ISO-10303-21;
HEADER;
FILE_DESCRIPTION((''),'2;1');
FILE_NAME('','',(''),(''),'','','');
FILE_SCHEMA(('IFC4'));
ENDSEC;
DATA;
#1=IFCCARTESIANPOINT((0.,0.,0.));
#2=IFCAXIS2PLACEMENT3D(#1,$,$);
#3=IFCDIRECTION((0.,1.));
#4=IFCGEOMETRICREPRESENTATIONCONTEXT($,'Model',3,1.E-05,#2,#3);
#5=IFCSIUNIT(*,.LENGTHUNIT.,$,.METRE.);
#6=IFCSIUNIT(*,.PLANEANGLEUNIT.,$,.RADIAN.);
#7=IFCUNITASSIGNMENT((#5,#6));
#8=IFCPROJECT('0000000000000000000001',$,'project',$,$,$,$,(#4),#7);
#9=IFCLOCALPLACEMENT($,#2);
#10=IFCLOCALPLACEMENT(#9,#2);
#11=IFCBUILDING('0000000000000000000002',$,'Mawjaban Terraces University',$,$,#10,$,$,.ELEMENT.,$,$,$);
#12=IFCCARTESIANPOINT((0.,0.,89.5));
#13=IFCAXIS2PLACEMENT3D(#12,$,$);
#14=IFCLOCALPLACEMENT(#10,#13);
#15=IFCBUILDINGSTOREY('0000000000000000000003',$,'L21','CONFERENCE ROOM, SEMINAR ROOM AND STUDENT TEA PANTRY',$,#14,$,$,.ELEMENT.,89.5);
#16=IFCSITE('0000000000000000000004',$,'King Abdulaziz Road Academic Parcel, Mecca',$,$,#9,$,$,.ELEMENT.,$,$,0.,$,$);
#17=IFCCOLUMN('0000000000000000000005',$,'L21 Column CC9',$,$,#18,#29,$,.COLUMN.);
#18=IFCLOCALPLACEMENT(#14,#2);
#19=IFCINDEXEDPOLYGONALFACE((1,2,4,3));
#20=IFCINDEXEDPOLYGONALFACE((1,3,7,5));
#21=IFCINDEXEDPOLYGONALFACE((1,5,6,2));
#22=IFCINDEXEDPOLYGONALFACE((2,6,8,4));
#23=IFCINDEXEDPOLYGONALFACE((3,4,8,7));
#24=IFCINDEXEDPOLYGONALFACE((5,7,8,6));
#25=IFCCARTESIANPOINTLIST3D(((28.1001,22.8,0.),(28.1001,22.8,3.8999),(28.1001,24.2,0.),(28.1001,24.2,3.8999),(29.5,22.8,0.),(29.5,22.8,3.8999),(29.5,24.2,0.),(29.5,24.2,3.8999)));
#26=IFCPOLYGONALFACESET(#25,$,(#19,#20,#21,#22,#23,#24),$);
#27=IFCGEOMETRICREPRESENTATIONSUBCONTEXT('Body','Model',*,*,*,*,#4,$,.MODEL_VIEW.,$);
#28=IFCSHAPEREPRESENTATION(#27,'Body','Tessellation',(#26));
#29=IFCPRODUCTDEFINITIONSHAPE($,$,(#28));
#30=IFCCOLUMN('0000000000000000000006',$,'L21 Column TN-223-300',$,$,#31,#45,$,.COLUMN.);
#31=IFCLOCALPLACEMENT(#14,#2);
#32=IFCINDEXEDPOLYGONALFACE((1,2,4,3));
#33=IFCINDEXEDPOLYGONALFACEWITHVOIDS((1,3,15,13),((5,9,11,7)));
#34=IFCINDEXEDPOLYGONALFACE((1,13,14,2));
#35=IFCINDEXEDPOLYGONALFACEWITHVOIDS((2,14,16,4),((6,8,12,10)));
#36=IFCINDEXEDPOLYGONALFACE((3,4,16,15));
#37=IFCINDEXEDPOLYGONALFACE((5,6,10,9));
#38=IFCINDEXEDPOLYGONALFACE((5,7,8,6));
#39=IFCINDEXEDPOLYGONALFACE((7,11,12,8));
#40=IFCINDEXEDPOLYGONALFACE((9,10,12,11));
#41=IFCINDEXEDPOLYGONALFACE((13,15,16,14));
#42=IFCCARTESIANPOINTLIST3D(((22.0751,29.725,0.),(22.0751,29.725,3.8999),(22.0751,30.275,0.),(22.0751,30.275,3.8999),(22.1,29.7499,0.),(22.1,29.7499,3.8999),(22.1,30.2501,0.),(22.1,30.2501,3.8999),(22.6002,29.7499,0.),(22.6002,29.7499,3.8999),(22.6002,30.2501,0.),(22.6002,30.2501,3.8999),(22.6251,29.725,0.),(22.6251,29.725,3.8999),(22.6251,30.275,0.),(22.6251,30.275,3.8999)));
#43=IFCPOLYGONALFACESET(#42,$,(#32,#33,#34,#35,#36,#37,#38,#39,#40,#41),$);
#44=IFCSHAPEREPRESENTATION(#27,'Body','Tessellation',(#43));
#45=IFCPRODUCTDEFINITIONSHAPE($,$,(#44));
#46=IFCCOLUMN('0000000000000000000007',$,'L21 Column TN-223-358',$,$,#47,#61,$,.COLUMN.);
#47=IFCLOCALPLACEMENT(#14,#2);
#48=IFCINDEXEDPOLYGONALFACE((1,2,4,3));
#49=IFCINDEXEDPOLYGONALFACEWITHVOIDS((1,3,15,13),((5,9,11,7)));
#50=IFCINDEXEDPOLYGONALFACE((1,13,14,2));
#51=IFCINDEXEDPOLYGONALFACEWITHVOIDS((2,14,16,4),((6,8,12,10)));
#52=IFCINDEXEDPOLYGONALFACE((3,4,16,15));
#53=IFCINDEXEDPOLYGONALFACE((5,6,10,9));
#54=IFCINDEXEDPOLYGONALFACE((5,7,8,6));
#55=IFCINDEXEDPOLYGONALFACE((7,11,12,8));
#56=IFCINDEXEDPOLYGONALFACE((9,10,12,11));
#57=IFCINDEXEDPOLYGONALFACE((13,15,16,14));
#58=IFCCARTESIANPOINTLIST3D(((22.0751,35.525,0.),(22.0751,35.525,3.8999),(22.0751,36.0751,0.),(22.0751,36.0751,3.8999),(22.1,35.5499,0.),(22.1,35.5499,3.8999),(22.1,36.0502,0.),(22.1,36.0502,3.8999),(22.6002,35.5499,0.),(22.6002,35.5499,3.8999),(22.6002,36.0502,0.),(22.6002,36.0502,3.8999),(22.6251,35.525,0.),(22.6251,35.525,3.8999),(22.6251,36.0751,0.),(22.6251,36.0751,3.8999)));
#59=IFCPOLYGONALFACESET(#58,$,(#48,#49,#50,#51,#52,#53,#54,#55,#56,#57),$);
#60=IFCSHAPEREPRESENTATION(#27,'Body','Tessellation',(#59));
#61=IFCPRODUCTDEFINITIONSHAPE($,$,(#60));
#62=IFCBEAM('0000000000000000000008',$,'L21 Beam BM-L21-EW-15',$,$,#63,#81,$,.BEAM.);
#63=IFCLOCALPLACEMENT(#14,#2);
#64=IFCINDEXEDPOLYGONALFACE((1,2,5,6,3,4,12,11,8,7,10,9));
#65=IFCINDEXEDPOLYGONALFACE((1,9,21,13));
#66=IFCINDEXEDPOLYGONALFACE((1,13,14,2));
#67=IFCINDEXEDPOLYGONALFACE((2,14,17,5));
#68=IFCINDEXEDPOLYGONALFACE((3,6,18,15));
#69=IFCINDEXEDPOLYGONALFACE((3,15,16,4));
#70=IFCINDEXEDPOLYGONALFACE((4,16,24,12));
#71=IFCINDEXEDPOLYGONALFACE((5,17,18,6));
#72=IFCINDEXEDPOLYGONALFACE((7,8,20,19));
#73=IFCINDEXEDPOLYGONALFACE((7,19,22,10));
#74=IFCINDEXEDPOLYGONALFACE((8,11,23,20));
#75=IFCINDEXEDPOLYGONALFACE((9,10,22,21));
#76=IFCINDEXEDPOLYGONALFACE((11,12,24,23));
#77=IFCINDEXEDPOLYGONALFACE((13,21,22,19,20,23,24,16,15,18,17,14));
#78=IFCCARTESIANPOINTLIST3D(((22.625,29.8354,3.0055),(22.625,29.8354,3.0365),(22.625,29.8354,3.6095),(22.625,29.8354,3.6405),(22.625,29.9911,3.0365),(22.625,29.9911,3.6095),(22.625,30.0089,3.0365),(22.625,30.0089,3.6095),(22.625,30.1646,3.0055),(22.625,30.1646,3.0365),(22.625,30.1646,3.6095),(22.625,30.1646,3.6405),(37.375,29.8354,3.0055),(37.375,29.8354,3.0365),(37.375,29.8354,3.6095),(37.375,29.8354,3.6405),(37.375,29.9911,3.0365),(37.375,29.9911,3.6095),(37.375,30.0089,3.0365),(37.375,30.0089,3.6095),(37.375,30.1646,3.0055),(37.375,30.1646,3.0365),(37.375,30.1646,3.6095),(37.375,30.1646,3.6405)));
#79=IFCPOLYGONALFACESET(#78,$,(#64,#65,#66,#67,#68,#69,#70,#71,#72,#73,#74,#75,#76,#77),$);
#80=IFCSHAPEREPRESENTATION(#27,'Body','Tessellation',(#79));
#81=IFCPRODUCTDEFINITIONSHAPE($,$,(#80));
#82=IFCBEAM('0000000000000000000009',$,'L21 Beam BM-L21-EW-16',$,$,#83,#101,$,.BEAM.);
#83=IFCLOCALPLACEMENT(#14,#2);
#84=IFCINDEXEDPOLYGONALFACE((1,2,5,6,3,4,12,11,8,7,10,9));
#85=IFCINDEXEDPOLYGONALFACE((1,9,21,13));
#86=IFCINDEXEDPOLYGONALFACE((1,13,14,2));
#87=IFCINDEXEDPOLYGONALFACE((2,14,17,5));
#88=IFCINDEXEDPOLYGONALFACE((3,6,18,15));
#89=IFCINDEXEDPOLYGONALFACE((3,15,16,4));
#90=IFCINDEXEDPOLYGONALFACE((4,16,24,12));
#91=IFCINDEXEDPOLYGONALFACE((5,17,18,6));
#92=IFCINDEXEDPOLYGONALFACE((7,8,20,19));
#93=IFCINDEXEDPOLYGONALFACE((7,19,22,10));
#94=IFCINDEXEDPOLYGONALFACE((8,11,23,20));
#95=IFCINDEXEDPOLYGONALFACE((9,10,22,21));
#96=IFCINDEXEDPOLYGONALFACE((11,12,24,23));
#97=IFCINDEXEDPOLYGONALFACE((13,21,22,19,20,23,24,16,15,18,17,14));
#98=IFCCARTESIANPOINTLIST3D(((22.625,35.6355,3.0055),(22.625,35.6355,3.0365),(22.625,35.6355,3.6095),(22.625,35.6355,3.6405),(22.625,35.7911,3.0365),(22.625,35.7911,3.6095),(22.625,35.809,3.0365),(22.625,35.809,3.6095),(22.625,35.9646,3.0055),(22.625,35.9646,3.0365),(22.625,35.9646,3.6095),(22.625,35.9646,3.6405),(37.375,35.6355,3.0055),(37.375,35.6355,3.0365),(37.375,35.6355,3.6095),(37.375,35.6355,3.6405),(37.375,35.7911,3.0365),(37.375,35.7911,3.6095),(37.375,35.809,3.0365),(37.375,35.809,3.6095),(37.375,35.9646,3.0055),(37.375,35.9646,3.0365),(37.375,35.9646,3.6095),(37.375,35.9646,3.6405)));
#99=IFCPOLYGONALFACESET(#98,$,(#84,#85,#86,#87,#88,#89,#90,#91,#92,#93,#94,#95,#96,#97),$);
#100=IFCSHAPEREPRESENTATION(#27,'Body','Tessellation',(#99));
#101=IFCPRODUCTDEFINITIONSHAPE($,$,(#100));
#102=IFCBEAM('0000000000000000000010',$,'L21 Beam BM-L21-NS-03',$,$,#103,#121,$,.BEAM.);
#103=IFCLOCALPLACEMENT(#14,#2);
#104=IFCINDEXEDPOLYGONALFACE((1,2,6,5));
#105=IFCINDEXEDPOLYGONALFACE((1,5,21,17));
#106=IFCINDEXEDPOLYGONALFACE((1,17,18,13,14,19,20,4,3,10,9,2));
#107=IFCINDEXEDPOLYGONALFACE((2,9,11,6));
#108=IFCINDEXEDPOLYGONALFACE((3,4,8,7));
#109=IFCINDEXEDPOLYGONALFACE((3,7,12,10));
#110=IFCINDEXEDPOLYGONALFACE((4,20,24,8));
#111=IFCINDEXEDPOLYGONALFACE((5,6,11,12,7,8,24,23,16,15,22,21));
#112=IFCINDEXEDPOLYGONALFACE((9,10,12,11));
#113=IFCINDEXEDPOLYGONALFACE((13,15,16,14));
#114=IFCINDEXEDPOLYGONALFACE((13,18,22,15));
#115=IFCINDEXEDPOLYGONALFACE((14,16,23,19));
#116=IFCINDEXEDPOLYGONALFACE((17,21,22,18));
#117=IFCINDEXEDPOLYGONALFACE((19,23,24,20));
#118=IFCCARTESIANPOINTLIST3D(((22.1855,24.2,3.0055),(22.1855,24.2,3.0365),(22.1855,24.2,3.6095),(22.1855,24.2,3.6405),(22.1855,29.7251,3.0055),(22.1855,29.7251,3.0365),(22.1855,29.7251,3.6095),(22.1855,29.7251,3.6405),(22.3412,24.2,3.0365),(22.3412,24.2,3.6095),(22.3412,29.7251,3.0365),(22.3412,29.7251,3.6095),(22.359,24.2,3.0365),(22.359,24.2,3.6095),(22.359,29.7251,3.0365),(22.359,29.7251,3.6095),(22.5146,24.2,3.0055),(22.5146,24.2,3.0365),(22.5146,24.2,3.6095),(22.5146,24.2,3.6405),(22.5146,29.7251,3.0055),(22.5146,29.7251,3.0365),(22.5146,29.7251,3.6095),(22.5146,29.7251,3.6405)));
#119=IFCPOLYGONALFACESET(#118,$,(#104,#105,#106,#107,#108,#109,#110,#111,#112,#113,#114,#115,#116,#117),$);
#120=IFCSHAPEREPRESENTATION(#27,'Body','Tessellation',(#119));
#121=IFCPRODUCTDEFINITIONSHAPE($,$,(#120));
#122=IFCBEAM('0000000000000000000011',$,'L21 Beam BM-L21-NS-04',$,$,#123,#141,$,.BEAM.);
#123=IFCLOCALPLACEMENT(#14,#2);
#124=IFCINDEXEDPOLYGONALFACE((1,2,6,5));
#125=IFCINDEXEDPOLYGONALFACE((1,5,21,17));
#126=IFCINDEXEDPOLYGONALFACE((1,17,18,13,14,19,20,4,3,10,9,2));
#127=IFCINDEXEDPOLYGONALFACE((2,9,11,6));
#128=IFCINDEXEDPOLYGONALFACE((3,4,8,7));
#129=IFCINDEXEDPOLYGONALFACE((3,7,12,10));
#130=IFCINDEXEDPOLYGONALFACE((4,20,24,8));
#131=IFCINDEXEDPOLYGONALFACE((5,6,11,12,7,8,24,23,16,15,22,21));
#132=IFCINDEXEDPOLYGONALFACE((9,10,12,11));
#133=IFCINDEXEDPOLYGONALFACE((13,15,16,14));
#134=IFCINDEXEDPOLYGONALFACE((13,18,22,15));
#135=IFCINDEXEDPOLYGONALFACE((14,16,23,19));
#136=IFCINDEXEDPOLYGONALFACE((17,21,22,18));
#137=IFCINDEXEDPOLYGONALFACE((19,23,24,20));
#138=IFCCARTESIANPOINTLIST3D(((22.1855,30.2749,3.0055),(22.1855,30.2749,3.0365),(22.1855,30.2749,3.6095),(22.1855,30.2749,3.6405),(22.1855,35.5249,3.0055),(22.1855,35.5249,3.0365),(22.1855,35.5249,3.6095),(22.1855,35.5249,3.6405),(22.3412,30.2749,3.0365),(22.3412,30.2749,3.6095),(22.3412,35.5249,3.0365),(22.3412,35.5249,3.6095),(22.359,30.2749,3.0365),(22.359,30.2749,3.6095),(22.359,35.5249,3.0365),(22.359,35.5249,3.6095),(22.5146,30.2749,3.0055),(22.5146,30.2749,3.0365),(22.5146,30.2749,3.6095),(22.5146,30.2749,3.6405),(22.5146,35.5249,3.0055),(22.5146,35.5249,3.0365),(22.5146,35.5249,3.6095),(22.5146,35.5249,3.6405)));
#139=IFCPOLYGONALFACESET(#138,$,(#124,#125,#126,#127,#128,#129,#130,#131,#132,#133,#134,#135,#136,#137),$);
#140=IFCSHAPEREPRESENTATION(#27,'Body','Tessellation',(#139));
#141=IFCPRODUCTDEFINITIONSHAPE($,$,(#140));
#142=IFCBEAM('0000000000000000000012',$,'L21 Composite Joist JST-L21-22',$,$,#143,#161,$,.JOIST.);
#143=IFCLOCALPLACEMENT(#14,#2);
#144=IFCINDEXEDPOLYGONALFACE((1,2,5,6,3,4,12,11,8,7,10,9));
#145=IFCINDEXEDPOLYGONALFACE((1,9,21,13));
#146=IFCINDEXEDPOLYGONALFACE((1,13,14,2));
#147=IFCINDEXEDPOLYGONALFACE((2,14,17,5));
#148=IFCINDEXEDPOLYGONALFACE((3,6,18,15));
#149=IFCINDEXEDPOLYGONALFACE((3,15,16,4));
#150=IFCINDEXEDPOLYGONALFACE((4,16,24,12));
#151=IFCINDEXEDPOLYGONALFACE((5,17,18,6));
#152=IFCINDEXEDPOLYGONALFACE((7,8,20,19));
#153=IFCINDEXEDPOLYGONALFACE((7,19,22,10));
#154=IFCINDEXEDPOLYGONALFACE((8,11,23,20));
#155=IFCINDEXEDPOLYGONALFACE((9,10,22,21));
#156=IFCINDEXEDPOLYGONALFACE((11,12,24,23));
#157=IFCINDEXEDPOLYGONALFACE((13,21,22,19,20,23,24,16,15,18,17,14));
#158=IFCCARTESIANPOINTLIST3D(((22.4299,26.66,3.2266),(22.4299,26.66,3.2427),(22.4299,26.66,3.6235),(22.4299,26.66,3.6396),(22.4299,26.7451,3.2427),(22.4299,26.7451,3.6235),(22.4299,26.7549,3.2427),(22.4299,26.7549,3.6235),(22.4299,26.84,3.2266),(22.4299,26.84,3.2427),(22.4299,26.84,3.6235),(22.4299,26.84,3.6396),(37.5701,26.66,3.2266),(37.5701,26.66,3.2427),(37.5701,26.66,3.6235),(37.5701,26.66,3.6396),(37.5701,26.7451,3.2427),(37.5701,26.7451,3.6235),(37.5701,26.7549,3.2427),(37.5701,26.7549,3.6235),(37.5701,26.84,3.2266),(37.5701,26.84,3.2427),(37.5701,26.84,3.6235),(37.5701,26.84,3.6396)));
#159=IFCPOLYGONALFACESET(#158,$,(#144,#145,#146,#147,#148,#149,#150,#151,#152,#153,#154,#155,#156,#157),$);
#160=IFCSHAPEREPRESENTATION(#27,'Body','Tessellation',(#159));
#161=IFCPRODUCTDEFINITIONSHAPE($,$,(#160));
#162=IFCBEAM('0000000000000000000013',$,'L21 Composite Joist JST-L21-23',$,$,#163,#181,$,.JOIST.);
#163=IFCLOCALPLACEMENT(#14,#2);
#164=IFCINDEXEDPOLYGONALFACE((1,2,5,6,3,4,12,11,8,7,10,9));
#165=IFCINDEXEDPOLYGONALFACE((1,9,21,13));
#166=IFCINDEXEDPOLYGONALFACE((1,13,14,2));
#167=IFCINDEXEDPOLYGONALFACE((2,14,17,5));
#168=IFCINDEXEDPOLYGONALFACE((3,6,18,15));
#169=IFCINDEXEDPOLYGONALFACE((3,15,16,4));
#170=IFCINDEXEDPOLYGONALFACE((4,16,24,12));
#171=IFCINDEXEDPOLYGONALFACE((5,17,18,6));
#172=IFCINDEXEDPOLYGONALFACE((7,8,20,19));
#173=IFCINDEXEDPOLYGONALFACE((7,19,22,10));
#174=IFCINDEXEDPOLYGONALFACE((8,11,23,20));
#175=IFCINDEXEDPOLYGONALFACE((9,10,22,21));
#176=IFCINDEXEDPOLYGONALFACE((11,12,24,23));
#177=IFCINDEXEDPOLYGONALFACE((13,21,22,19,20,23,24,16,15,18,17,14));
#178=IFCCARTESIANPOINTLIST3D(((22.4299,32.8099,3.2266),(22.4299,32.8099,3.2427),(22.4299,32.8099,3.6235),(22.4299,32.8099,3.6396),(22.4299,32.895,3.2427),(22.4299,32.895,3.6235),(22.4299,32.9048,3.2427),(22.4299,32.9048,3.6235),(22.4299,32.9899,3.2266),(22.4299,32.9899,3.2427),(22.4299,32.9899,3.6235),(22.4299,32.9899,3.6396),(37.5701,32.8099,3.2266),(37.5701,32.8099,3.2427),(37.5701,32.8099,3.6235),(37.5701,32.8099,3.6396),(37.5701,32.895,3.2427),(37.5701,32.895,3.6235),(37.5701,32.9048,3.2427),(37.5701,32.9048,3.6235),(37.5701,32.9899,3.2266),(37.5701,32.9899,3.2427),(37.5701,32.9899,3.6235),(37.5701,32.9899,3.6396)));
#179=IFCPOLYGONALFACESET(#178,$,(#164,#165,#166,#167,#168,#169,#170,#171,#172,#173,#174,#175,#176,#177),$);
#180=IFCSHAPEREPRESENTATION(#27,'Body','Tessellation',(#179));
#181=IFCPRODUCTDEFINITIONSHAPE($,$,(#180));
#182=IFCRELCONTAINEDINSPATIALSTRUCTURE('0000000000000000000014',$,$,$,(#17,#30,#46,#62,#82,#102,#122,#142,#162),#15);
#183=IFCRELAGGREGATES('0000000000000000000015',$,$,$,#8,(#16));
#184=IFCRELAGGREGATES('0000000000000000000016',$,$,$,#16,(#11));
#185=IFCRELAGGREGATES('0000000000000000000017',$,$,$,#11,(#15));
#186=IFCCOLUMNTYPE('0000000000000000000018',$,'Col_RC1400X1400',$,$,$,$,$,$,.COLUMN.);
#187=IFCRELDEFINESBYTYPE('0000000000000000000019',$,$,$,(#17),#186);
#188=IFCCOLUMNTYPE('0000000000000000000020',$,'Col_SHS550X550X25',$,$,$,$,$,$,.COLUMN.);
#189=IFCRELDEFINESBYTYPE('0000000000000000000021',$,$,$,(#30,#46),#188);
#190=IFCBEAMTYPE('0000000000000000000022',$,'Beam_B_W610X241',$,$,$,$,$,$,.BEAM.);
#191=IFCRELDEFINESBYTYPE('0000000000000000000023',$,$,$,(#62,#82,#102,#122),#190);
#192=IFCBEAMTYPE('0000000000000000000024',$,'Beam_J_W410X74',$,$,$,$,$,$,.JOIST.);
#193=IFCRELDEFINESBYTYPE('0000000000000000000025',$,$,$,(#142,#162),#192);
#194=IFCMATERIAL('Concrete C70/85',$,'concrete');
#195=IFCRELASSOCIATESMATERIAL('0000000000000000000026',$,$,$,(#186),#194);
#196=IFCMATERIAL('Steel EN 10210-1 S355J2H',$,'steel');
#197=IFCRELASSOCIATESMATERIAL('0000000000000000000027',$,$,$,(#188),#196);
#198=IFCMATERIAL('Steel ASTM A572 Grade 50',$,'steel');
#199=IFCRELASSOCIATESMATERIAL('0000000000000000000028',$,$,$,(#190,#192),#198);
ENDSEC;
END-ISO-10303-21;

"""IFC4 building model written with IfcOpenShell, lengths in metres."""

from ifc_helpers import new_model, si_unit, direction, frame, origin, origin_2d, place, context, subcontext, project, spatial, rectangle, hollow_rectangle, i_section, extrude, material, material_profile, profile_set, type_object, element, save


model = new_model("IFC4")

# Units and contexts
model_context = context("Model", 3, precision=1e-05, world=origin(), true_north=direction((0.0, 1.0)))
body_context = subcontext(model_context, "Body", "Model", "MODEL_VIEW")
ifc_project = project(units=[si_unit("LENGTHUNIT", "METRE"), si_unit("PLANEANGLEUNIT", "RADIAN")], contexts=[model_context])

# Site, building, storey
site_placement = place(None, origin())
site = spatial("IfcSite", under=ifc_project, at=site_placement, Name="King Abdulaziz Road Academic Parcel, Mecca", CompositionType="ELEMENT", RefElevation=0.0)
building_placement = place(site_placement, origin())
building = spatial("IfcBuilding", under=site, at=building_placement, Name="Mawjaban Terraces University", CompositionType="ELEMENT")
storey_placement = place(building_placement, frame((0.0, 0.0, 89.5)))
storey = spatial("IfcBuildingStorey", under=building, at=storey_placement, Name="L21", Description="CONFERENCE ROOM, SEMINAR ROOM AND STUDENT TEA PANTRY", CompositionType="ELEMENT", Elevation=89.5)

# Columns
ifc_material_1 = material(Name="Concrete C70/85", Category="concrete")
ifc_material_profile_1 = material_profile(ifc_material_1, rectangle(XDim=1.3999, YDim=1.3999, at=origin_2d()), Name="RC1400X1400")
ifc_profile_set_1 = profile_set([ifc_material_profile_1], Name="Concrete C70/85")
column_type_1 = type_object("IfcColumnType", Name="Col_RC1400X1400", PredefinedType="COLUMN", material=ifc_profile_set_1)
column_placement = place(storey_placement, frame((28.8, 23.5, 0.0), z_axis=(0.0, 0.0, 1.0), x_axis=(1.0, 0.0, 0.0)))
element("IfcColumn", 1, at=column_placement, inside=storey, type_object=column_type_1, Name="L21 Column CC9", PredefinedType="COLUMN", context=body_context, shape_type="SweptSolid", body=[
    extrude(rectangle(XDim=1.3999, YDim=1.3999, at=origin_2d()), origin(), (0.0, 0.0, 1.0), 3.8999),
])
ifc_material_2 = material(Name="Steel EN 10210-1 S355J2H", Category="steel")
ifc_material_profile_2 = material_profile(ifc_material_2, hollow_rectangle(XDim=0.55, YDim=0.55, WallThickness=0.0249, at=origin_2d()), Name="SHS550X550X25")
ifc_profile_set_2 = profile_set([ifc_material_profile_2], Name="Steel EN 10210-1 S355J2H")
column_type_2 = type_object("IfcColumnType", Name="Col_SHS550X550X25", PredefinedType="COLUMN", material=ifc_profile_set_2)
for number, where, z_axis, x_axis, name in (
    (2, (22.3501, 30.0, 0.0), (0.0, 0.0, 1.0), (1.0, 0.0, 0.0), "L21 Column TN-223-300"),
    (3, (22.3501, 35.8, 0.0), (0.0, 0.0, 1.0), (1.0, 0.0, 0.0), "L21 Column TN-223-358"),
):
    element("IfcColumn", number, at=place(storey_placement, frame(where, z_axis=z_axis, x_axis=x_axis)), inside=storey, type_object=column_type_2, Name=name, PredefinedType="COLUMN", context=body_context, shape_type="SweptSolid", body=[
        extrude(hollow_rectangle(XDim=0.55, YDim=0.55, WallThickness=0.0249, at=origin_2d()), origin(), (0.0, 0.0, 1.0), 3.8999),
    ])

# Beams
ifc_material_3 = material(Name="Steel ASTM A572 Grade 50", Category="steel")
ifc_material_profile_3 = material_profile(ifc_material_3, i_section(OverallWidth=0.3291, OverallDepth=0.635, WebThickness=0.0178, FlangeThickness=0.031, at=origin_2d()), Name="W610X241")
ifc_profile_set_3 = profile_set([ifc_material_profile_3], Name="Steel ASTM A572 Grade 50")
beam_type_1 = type_object("IfcBeamType", Name="Beam_B_W610X241", PredefinedType="BEAM", material=ifc_profile_set_3)
for number, where, z_axis, x_axis, name in (
    (4, (22.625, 30.0, 3.323), (1.0, 0.0, 0.0), (0.0, 1.0, 0.0), "L21 Beam BM-L21-EW-15"),
    (5, (22.625, 35.8, 3.323), (1.0, 0.0, 0.0), (0.0, 1.0, 0.0), "L21 Beam BM-L21-EW-16"),
):
    element("IfcBeam", number, at=place(storey_placement, frame(where, z_axis=z_axis, x_axis=x_axis)), inside=storey, type_object=beam_type_1, Name=name, PredefinedType="BEAM", context=body_context, shape_type="SweptSolid", body=[
        extrude(i_section(OverallWidth=0.3291, OverallDepth=0.635, WebThickness=0.0178, FlangeThickness=0.031, at=origin_2d()), origin(), (0.0, 0.0, 1.0), 14.75),
    ])
beam_1_placement = place(storey_placement, frame((22.3501, 24.2, 3.323), z_axis=(0.0, 1.0, 0.0), x_axis=(-1.0, 0.0, 0.0)))
element("IfcBeam", 6, at=beam_1_placement, inside=storey, type_object=beam_type_1, Name="L21 Beam BM-L21-NS-03", PredefinedType="BEAM", context=body_context, shape_type="SweptSolid", body=[
    extrude(i_section(OverallWidth=0.3291, OverallDepth=0.635, WebThickness=0.0178, FlangeThickness=0.031, at=origin_2d()), origin(), (0.0, 0.0, 1.0), 5.5251),
])
beam_2_placement = place(storey_placement, frame((22.3501, 30.2749, 3.323), z_axis=(0.0, 1.0, 0.0), x_axis=(-1.0, 0.0, 0.0)))
element("IfcBeam", 7, at=beam_2_placement, inside=storey, type_object=beam_type_1, Name="L21 Beam BM-L21-NS-04", PredefinedType="BEAM", context=body_context, shape_type="SweptSolid", body=[
    extrude(i_section(OverallWidth=0.3291, OverallDepth=0.635, WebThickness=0.0178, FlangeThickness=0.031, at=origin_2d()), origin(), (0.0, 0.0, 1.0), 5.25),
])
ifc_material_profile_4 = material_profile(ifc_material_3, i_section(OverallWidth=0.1799, OverallDepth=0.4131, WebThickness=0.0098, FlangeThickness=0.0161, at=origin_2d()), Name="W410X74")
ifc_profile_set_4 = profile_set([ifc_material_profile_4], Name="Steel ASTM A572 Grade 50")
beam_type_2 = type_object("IfcBeamType", Name="Beam_J_W410X74", PredefinedType="JOIST", material=ifc_profile_set_4)
for number, where, z_axis, x_axis, name in (
    (8, (22.4299, 26.75, 3.4331), (1.0, 0.0, 0.0), (0.0, 1.0, 0.0), "L21 Composite Joist JST-L21-22"),
    (9, (22.4299, 32.8999, 3.4331), (1.0, 0.0, 0.0), (0.0, 1.0, 0.0), "L21 Composite Joist JST-L21-23"),
):
    element("IfcBeam", number, at=place(storey_placement, frame(where, z_axis=z_axis, x_axis=x_axis)), inside=storey, type_object=beam_type_2, Name=name, PredefinedType="JOIST", context=body_context, shape_type="SweptSolid", body=[
        extrude(i_section(OverallWidth=0.1799, OverallDepth=0.4131, WebThickness=0.0098, FlangeThickness=0.0161, at=origin_2d()), origin(), (0.0, 0.0, 1.0), 15.1401),
    ])

save(model, "model.ifc")
